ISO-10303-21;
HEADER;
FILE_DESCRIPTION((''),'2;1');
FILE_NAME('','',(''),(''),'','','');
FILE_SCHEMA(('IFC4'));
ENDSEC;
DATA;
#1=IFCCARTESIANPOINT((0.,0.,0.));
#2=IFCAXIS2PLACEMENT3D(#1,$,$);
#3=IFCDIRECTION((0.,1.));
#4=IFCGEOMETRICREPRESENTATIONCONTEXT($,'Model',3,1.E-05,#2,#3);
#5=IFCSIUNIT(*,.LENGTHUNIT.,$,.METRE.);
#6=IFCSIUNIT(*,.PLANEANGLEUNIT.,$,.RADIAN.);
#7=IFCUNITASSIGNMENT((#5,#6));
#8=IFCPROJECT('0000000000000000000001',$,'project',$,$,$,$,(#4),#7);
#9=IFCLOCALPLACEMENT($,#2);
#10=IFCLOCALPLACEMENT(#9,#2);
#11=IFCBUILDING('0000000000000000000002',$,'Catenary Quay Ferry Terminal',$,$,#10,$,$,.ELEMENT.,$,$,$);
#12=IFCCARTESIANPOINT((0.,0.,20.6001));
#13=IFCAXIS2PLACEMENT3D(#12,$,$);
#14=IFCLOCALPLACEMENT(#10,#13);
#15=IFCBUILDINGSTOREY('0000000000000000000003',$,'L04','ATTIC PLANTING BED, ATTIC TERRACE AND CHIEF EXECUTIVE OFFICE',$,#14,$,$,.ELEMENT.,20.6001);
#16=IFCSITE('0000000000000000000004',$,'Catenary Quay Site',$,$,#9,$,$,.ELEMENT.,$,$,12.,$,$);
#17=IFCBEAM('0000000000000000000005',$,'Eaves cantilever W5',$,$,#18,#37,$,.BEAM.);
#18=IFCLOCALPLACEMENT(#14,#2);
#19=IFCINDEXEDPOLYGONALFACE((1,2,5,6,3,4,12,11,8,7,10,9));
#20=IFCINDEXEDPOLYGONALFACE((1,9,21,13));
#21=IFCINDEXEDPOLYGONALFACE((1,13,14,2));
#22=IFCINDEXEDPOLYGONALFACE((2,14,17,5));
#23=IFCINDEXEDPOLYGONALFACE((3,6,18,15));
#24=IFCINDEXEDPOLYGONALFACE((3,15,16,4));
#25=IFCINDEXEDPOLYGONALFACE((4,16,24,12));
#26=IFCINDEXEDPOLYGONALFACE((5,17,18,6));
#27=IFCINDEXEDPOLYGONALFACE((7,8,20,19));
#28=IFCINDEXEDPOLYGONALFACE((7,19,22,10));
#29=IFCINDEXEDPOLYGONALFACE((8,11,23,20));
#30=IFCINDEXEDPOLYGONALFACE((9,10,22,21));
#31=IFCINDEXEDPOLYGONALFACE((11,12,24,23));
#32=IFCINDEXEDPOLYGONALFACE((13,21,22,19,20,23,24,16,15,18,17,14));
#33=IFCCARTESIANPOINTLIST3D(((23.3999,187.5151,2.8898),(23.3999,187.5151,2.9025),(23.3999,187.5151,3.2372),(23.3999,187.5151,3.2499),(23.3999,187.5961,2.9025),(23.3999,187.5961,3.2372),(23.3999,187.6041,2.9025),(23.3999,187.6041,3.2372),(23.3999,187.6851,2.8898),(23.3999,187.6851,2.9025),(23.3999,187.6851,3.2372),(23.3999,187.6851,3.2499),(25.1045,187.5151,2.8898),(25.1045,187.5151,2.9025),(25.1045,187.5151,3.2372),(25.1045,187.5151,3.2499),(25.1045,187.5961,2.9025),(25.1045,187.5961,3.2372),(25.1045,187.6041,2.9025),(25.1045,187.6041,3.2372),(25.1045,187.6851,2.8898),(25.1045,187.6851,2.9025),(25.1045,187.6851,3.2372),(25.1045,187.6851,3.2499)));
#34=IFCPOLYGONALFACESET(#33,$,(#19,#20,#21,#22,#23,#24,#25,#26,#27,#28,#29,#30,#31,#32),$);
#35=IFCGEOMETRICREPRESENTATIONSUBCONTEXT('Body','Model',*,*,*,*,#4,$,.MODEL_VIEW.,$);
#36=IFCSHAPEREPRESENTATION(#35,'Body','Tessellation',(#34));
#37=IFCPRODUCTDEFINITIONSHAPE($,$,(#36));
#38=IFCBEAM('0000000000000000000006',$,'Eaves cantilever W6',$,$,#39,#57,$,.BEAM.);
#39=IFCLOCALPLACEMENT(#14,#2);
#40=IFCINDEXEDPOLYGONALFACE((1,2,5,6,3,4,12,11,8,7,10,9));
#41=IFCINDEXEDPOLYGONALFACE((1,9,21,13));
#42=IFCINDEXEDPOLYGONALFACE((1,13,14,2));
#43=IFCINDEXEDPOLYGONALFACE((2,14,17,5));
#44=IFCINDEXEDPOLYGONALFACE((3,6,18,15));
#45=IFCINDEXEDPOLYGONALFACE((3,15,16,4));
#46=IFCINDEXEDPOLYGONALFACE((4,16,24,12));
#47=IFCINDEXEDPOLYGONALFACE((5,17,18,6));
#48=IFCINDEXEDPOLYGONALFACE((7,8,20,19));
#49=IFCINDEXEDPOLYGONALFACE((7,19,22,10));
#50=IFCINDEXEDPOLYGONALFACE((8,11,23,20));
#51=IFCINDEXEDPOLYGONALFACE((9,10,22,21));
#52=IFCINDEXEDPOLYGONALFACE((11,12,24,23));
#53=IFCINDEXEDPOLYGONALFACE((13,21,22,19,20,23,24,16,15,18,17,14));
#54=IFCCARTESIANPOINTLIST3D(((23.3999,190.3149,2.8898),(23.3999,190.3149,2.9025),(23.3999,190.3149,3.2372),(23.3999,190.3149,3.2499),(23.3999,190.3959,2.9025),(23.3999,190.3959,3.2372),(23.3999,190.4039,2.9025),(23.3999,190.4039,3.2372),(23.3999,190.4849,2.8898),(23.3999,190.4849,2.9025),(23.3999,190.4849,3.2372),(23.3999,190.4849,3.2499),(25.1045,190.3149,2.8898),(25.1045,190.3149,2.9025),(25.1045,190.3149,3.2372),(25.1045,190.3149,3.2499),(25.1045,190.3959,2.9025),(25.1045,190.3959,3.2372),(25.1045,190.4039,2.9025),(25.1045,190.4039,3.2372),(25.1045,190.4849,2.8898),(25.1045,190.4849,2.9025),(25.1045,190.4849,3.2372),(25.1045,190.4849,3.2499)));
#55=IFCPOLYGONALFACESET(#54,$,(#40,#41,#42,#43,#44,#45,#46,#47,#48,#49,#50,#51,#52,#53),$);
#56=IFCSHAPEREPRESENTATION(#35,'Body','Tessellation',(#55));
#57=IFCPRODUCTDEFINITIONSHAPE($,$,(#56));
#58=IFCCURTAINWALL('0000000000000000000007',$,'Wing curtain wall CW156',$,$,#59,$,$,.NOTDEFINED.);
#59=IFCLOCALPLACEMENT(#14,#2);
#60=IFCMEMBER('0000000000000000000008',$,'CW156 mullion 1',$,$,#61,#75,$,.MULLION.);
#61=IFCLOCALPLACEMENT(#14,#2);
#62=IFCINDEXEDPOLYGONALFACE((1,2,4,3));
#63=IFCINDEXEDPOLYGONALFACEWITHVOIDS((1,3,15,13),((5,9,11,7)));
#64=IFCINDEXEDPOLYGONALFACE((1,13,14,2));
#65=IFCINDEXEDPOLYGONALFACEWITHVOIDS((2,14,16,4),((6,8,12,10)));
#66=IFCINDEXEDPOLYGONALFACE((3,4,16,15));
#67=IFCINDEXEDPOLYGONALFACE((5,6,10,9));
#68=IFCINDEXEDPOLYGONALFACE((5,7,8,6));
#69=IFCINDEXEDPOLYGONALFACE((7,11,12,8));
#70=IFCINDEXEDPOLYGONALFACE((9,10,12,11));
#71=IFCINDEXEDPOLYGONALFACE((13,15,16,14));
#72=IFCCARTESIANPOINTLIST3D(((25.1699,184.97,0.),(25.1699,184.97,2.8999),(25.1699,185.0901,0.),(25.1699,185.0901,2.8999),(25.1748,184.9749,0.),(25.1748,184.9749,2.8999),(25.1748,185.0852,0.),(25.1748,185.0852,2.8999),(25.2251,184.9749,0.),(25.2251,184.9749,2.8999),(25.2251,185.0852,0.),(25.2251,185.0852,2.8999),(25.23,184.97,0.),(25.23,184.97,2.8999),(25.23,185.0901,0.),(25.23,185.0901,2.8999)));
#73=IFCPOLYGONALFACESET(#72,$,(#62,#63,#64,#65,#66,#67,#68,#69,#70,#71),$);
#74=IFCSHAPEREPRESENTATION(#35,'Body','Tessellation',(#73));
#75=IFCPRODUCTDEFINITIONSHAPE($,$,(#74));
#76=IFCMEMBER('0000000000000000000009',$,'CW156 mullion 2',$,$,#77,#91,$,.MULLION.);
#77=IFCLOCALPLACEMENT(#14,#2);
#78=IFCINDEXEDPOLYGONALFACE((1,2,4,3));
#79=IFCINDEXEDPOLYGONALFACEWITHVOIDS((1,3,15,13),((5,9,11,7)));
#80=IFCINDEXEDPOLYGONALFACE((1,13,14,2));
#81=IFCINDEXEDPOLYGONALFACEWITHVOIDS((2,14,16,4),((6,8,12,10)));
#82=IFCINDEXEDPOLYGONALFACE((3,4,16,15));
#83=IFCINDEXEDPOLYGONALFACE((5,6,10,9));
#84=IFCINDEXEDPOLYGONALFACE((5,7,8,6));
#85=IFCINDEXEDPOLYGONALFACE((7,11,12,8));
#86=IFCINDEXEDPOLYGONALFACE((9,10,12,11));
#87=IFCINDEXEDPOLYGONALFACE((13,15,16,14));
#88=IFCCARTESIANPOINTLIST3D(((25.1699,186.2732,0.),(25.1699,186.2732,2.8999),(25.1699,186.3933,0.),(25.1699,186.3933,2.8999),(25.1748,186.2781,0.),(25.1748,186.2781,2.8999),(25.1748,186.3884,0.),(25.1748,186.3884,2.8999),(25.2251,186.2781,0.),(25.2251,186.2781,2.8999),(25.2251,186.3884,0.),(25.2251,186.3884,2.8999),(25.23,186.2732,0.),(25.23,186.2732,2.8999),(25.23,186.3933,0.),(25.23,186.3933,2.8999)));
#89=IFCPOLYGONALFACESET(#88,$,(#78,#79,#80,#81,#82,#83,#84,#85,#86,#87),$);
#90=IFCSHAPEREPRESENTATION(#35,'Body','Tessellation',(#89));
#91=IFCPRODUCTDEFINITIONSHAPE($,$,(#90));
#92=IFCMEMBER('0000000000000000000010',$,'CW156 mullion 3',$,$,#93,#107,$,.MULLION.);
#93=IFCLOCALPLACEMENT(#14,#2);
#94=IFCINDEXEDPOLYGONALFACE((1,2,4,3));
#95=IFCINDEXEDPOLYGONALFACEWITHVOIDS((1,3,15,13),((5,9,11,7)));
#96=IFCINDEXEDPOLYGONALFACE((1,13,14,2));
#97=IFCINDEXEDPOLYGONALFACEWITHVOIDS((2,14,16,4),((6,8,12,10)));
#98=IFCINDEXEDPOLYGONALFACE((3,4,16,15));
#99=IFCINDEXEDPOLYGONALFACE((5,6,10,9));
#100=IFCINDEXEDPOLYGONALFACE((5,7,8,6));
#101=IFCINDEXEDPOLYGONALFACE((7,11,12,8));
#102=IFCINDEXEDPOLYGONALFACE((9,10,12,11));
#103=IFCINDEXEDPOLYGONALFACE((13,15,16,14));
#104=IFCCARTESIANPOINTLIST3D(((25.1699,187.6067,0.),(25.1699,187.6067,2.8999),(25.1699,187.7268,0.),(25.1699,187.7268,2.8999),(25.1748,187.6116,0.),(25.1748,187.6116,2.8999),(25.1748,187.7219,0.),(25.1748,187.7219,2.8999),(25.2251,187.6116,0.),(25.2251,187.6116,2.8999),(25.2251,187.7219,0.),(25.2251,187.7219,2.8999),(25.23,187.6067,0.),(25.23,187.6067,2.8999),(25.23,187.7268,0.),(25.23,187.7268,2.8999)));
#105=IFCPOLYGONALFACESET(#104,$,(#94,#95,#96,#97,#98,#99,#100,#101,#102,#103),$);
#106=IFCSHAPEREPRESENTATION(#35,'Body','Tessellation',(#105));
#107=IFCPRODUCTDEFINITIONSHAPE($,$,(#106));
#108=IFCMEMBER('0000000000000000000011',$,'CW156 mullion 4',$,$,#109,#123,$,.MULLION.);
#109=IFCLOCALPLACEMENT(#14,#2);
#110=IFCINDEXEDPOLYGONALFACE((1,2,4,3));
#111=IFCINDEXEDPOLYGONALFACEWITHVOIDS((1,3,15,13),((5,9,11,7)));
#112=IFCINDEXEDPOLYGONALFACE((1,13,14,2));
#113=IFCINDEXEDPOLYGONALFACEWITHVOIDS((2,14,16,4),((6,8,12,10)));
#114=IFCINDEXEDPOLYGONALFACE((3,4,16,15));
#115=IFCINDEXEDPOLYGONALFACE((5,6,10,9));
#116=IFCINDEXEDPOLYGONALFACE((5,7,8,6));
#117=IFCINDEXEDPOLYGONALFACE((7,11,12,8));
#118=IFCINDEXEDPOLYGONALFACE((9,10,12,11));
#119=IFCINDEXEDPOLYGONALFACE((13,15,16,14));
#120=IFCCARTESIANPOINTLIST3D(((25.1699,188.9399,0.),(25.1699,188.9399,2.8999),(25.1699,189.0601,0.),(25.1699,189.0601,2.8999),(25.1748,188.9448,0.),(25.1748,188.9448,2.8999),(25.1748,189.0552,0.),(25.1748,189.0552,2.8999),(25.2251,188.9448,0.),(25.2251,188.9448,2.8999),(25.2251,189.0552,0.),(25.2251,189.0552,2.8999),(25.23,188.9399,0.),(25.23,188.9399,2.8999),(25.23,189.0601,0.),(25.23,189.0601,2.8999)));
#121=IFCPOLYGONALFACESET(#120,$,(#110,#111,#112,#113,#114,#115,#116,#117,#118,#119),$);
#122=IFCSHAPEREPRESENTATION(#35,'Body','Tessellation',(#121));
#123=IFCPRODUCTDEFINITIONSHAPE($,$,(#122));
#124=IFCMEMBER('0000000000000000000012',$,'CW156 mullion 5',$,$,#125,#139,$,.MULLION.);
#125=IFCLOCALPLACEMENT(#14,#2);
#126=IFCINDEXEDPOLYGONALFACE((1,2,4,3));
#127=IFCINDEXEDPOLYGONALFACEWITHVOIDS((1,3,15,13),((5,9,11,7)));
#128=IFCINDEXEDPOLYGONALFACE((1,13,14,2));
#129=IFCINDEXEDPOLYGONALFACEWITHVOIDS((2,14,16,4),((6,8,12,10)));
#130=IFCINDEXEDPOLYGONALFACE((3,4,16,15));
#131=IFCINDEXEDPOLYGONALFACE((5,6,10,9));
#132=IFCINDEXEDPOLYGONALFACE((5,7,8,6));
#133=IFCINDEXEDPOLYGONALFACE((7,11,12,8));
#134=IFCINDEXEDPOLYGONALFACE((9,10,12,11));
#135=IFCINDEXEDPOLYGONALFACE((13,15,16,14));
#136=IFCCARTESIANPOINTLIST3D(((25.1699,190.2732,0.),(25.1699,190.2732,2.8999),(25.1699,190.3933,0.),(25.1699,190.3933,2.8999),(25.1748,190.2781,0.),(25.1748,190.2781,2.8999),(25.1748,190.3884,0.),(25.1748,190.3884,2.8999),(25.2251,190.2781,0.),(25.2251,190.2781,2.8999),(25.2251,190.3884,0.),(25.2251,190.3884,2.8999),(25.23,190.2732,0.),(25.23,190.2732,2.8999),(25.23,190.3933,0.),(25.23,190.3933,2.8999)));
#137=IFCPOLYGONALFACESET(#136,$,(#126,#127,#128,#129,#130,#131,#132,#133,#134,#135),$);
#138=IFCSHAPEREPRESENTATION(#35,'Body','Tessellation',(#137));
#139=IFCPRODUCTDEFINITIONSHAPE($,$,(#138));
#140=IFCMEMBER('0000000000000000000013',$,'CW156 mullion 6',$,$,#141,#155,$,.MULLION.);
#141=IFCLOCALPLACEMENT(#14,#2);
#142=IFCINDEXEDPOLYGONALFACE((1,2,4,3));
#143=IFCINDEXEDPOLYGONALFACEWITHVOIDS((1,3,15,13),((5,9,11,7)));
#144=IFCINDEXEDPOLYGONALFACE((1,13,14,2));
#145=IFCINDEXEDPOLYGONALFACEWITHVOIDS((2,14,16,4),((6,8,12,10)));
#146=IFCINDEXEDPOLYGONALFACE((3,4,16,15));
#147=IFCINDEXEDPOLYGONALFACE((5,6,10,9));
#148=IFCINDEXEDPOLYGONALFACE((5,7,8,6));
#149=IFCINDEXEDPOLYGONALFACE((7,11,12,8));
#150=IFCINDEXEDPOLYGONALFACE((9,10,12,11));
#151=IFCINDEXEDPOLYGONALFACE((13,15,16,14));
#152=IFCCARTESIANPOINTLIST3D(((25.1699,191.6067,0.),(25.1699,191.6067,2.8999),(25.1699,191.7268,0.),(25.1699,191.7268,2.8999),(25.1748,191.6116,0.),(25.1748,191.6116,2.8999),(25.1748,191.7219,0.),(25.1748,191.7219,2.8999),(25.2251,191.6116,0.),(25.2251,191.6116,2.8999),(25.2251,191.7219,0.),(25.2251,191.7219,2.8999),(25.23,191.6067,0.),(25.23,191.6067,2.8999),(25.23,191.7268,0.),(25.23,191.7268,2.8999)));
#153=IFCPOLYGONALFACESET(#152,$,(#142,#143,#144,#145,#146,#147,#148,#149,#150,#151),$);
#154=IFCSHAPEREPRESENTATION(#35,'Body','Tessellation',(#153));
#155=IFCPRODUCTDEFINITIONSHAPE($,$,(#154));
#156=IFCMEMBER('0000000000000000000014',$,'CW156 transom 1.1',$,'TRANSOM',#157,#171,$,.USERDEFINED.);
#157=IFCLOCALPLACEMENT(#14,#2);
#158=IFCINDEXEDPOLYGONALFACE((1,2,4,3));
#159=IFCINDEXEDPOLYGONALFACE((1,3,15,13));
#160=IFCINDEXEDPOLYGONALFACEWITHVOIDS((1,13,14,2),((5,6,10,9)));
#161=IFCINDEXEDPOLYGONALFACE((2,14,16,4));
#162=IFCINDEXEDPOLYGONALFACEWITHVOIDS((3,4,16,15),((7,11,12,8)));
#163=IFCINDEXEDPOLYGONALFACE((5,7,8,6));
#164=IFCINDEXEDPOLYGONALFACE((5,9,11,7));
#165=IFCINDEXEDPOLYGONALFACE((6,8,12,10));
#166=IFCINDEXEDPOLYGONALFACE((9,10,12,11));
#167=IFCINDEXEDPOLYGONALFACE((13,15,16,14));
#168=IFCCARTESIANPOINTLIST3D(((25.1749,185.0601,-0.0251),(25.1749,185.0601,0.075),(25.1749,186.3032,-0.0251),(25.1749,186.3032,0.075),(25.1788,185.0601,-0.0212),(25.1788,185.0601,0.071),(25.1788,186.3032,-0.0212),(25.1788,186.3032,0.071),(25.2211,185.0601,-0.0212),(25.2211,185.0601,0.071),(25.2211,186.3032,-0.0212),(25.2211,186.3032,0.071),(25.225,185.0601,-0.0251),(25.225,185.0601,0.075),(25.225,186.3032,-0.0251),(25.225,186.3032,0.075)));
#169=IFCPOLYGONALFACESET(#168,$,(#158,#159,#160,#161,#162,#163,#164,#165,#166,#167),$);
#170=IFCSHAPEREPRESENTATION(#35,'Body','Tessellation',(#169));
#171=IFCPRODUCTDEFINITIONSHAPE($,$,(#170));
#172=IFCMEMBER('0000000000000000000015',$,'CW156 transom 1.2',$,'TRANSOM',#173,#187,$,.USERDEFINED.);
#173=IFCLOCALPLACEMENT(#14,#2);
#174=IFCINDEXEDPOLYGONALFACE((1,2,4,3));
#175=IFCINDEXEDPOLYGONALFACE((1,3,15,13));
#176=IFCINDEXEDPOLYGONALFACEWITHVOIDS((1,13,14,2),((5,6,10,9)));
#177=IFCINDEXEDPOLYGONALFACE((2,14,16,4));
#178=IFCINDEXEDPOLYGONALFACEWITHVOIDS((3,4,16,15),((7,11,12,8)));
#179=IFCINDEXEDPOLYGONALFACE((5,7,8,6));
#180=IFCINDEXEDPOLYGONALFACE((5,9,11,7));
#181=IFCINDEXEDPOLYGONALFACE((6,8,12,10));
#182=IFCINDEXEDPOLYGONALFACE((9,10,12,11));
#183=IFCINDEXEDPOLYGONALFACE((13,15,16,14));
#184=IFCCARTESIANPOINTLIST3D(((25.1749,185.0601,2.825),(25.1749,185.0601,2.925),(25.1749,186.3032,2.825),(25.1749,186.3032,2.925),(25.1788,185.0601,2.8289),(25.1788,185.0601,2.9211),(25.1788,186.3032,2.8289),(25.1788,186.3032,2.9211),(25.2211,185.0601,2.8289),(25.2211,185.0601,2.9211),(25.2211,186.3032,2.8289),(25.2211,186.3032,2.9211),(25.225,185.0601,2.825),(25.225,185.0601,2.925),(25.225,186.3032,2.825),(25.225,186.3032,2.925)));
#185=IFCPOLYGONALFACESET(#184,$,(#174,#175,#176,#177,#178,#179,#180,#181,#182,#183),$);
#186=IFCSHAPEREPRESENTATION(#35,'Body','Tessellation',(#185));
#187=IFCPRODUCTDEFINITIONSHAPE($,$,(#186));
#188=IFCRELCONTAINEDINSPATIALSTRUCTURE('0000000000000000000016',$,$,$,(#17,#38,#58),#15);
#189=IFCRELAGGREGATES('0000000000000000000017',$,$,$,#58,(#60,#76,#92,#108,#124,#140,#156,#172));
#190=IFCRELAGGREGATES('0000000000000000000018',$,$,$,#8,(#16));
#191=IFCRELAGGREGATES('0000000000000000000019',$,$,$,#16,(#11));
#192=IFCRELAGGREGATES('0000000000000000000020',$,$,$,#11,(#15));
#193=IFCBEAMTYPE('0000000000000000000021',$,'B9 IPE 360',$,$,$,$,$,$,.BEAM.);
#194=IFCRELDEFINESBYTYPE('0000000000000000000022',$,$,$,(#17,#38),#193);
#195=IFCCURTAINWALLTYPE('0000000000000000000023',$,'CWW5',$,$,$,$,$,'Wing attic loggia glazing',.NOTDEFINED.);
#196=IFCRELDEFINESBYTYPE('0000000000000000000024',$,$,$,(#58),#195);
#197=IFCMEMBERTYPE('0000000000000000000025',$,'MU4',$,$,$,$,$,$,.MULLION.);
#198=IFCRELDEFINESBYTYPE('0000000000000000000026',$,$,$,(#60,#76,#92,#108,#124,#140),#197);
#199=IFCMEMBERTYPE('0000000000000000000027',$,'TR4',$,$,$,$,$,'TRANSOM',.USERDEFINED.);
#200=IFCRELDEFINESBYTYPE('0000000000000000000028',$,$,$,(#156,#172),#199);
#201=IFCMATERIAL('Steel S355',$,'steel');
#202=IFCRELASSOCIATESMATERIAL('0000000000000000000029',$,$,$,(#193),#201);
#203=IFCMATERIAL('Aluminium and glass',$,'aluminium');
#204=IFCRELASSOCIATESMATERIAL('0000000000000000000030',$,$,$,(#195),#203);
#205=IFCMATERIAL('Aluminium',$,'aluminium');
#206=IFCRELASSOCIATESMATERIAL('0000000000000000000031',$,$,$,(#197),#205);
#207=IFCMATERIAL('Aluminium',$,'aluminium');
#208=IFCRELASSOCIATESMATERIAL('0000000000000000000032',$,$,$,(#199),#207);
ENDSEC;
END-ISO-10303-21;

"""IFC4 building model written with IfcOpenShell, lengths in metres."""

from ifc_helpers import new_model, si_unit, direction, frame, origin, origin_2d, place, context, subcontext, project, spatial, hollow_rectangle, i_section, extrude, material, material_profile, profile_set, type_object, element, aggregate, save


model = new_model("IFC4")

# Units and contexts
model_context = context("Model", 3, precision=1e-05, world=origin(), true_north=direction((0.0, 1.0)))
body_context = subcontext(model_context, "Body", "Model", "MODEL_VIEW")
ifc_project = project(units=[si_unit("LENGTHUNIT", "METRE"), si_unit("PLANEANGLEUNIT", "RADIAN")], contexts=[model_context])

# Site, building, storey
site_placement = place(None, origin())
site = spatial("IfcSite", under=ifc_project, at=site_placement, Name="Catenary Quay Site", CompositionType="ELEMENT", RefElevation=12.0)
building_placement = place(site_placement, origin())
building = spatial("IfcBuilding", under=site, at=building_placement, Name="Catenary Quay Ferry Terminal", CompositionType="ELEMENT")
storey_placement = place(building_placement, frame((0.0, 0.0, 20.6001)))
storey = spatial("IfcBuildingStorey", under=building, at=storey_placement, Name="L04", Description="ATTIC PLANTING BED, ATTIC TERRACE AND CHIEF EXECUTIVE OFFICE", CompositionType="ELEMENT", Elevation=20.6001)

# Beams
ifc_material_1 = material(Name="Steel S355", Category="steel")
ifc_material_profile_1 = material_profile(ifc_material_1, i_section(OverallWidth=0.1699, OverallDepth=0.3601, WebThickness=0.0081, FlangeThickness=0.0127, at=origin_2d()), Name="IPE 360")
ifc_profile_set_1 = profile_set([ifc_material_profile_1], Name="Steel S355")
beam_type_1 = type_object("IfcBeamType", Name="B9 IPE 360", PredefinedType="BEAM", material=ifc_profile_set_1)
for number, where, z_axis, x_axis, name in (
    (1, (25.1045, 187.6001, 3.0698), (-1.0, 0.0, 0.0), (0.0, -1.0, 0.0), "Eaves cantilever W5"),
    (2, (25.1045, 190.3999, 3.0698), (-1.0, 0.0, 0.0), (0.0, -1.0, 0.0), "Eaves cantilever W6"),
):
    element("IfcBeam", number, at=place(storey_placement, frame(where, z_axis=z_axis, x_axis=x_axis)), inside=storey, type_object=beam_type_1, Name=name, PredefinedType="BEAM", context=body_context, shape_type="SweptSolid", body=[
        extrude(i_section(OverallWidth=0.1699, OverallDepth=0.3601, WebThickness=0.0081, FlangeThickness=0.0127, at=origin_2d()), origin(), (0.0, 0.0, 1.0), 1.7046),
    ])

# Curtain wall, members
ifc_material_2 = material(Name="Aluminium and glass", Category="aluminium")
curtain_wall_type = type_object("IfcCurtainWallType", Name="CWW5", ElementType="Wing attic loggia glazing", PredefinedType="NOTDEFINED", material=ifc_material_2)
curtain_wall_placement = place(storey_placement, origin())
curtain_wall = element("IfcCurtainWall", 3, at=curtain_wall_placement, inside=storey, type_object=curtain_wall_type, Name="Wing curtain wall CW156", PredefinedType="NOTDEFINED")
ifc_material_3 = material(Name="Aluminium", Category="aluminium")
ifc_material_profile_2 = material_profile(ifc_material_3, hollow_rectangle(XDim=0.0601, YDim=0.1201, WallThickness=0.0049, at=origin_2d()), Name="MU4")
ifc_profile_set_2 = profile_set([ifc_material_profile_2], Name="Aluminium")
member_type_1 = type_object("IfcMemberType", Name="MU4", PredefinedType="MULLION", material=ifc_profile_set_2)
member_1_placement = place(storey_placement, frame((25.2, 185.03, 0.0), z_axis=(0.0, 0.0, 1.0), x_axis=(-1.0, 0.0, 0.0)))
member_1 = element("IfcMember", 4, at=member_1_placement, type_object=member_type_1, Name="CW156 mullion 1", PredefinedType="MULLION", context=body_context, shape_type="SweptSolid", body=[
    extrude(hollow_rectangle(XDim=0.0601, YDim=0.1201, WallThickness=0.0049, at=origin_2d()), origin(), (0.0, 0.0, 1.0), 2.8999),
])
member_2_placement = place(storey_placement, frame((25.2, 186.3333, 0.0), z_axis=(0.0, 0.0, 1.0), x_axis=(-1.0, 0.0, 0.0)))
member_2 = element("IfcMember", 5, at=member_2_placement, type_object=member_type_1, Name="CW156 mullion 2", PredefinedType="MULLION", context=body_context, shape_type="SweptSolid", body=[
    extrude(hollow_rectangle(XDim=0.0601, YDim=0.1201, WallThickness=0.0049, at=origin_2d()), origin(), (0.0, 0.0, 1.0), 2.8999),
])
member_3_placement = place(storey_placement, frame((25.2, 187.6667, 0.0), z_axis=(0.0, 0.0, 1.0), x_axis=(-1.0, 0.0, 0.0)))
member_3 = element("IfcMember", 6, at=member_3_placement, type_object=member_type_1, Name="CW156 mullion 3", PredefinedType="MULLION", context=body_context, shape_type="SweptSolid", body=[
    extrude(hollow_rectangle(XDim=0.0601, YDim=0.1201, WallThickness=0.0049, at=origin_2d()), origin(), (0.0, 0.0, 1.0), 2.8999),
])
member_4_placement = place(storey_placement, frame((25.2, 189.0, 0.0), z_axis=(0.0, 0.0, 1.0), x_axis=(-1.0, 0.0, 0.0)))
member_4 = element("IfcMember", 7, at=member_4_placement, type_object=member_type_1, Name="CW156 mullion 4", PredefinedType="MULLION", context=body_context, shape_type="SweptSolid", body=[
    extrude(hollow_rectangle(XDim=0.0601, YDim=0.1201, WallThickness=0.0049, at=origin_2d()), origin(), (0.0, 0.0, 1.0), 2.8999),
])
member_5_placement = place(storey_placement, frame((25.2, 190.3333, 0.0), z_axis=(0.0, 0.0, 1.0), x_axis=(-1.0, 0.0, 0.0)))
member_5 = element("IfcMember", 8, at=member_5_placement, type_object=member_type_1, Name="CW156 mullion 5", PredefinedType="MULLION", context=body_context, shape_type="SweptSolid", body=[
    extrude(hollow_rectangle(XDim=0.0601, YDim=0.1201, WallThickness=0.0049, at=origin_2d()), origin(), (0.0, 0.0, 1.0), 2.8999),
])
member_6_placement = place(storey_placement, frame((25.2, 191.6667, 0.0), z_axis=(0.0, 0.0, 1.0), x_axis=(-1.0, 0.0, 0.0)))
member_6 = element("IfcMember", 9, at=member_6_placement, type_object=member_type_1, Name="CW156 mullion 6", PredefinedType="MULLION", context=body_context, shape_type="SweptSolid", body=[
    extrude(hollow_rectangle(XDim=0.0601, YDim=0.1201, WallThickness=0.0049, at=origin_2d()), origin(), (0.0, 0.0, 1.0), 2.8999),
])
ifc_material_4 = material(Name="Aluminium", Category="aluminium")
ifc_material_profile_3 = material_profile(ifc_material_4, hollow_rectangle(XDim=0.05, YDim=0.1001, WallThickness=0.0039, at=origin_2d()), Name="TR4")
ifc_profile_set_3 = profile_set([ifc_material_profile_3], Name="Aluminium")
member_type_2 = type_object("IfcMemberType", Name="TR4", ElementType="TRANSOM", PredefinedType="USERDEFINED", material=ifc_profile_set_3)
member_7_placement = place(storey_placement, frame((25.2, 185.0601, 0.0249), z_axis=(0.0, 1.0, 0.0), x_axis=(-1.0, 0.0, 0.0)))
member_7 = element("IfcMember", 10, at=member_7_placement, type_object=member_type_2, Name="CW156 transom 1.1", ObjectType="TRANSOM", PredefinedType="USERDEFINED", context=body_context, shape_type="SweptSolid", body=[
    extrude(hollow_rectangle(XDim=0.05, YDim=0.1001, WallThickness=0.0039, at=origin_2d()), origin(), (0.0, 0.0, 1.0), 1.2432),
])
member_8_placement = place(storey_placement, frame((25.2, 185.0601, 2.875), z_axis=(0.0, 1.0, 0.0), x_axis=(-1.0, 0.0, 0.0)))
member_8 = element("IfcMember", 11, at=member_8_placement, type_object=member_type_2, Name="CW156 transom 1.2", ObjectType="TRANSOM", PredefinedType="USERDEFINED", context=body_context, shape_type="SweptSolid", body=[
    extrude(hollow_rectangle(XDim=0.05, YDim=0.1001, WallThickness=0.0039, at=origin_2d()), origin(), (0.0, 0.0, 1.0), 1.2432),
])

aggregate(curtain_wall, [member_1, member_2, member_3, member_4, member_5, member_6, member_7, member_8])

save(model, "model.ifc")
